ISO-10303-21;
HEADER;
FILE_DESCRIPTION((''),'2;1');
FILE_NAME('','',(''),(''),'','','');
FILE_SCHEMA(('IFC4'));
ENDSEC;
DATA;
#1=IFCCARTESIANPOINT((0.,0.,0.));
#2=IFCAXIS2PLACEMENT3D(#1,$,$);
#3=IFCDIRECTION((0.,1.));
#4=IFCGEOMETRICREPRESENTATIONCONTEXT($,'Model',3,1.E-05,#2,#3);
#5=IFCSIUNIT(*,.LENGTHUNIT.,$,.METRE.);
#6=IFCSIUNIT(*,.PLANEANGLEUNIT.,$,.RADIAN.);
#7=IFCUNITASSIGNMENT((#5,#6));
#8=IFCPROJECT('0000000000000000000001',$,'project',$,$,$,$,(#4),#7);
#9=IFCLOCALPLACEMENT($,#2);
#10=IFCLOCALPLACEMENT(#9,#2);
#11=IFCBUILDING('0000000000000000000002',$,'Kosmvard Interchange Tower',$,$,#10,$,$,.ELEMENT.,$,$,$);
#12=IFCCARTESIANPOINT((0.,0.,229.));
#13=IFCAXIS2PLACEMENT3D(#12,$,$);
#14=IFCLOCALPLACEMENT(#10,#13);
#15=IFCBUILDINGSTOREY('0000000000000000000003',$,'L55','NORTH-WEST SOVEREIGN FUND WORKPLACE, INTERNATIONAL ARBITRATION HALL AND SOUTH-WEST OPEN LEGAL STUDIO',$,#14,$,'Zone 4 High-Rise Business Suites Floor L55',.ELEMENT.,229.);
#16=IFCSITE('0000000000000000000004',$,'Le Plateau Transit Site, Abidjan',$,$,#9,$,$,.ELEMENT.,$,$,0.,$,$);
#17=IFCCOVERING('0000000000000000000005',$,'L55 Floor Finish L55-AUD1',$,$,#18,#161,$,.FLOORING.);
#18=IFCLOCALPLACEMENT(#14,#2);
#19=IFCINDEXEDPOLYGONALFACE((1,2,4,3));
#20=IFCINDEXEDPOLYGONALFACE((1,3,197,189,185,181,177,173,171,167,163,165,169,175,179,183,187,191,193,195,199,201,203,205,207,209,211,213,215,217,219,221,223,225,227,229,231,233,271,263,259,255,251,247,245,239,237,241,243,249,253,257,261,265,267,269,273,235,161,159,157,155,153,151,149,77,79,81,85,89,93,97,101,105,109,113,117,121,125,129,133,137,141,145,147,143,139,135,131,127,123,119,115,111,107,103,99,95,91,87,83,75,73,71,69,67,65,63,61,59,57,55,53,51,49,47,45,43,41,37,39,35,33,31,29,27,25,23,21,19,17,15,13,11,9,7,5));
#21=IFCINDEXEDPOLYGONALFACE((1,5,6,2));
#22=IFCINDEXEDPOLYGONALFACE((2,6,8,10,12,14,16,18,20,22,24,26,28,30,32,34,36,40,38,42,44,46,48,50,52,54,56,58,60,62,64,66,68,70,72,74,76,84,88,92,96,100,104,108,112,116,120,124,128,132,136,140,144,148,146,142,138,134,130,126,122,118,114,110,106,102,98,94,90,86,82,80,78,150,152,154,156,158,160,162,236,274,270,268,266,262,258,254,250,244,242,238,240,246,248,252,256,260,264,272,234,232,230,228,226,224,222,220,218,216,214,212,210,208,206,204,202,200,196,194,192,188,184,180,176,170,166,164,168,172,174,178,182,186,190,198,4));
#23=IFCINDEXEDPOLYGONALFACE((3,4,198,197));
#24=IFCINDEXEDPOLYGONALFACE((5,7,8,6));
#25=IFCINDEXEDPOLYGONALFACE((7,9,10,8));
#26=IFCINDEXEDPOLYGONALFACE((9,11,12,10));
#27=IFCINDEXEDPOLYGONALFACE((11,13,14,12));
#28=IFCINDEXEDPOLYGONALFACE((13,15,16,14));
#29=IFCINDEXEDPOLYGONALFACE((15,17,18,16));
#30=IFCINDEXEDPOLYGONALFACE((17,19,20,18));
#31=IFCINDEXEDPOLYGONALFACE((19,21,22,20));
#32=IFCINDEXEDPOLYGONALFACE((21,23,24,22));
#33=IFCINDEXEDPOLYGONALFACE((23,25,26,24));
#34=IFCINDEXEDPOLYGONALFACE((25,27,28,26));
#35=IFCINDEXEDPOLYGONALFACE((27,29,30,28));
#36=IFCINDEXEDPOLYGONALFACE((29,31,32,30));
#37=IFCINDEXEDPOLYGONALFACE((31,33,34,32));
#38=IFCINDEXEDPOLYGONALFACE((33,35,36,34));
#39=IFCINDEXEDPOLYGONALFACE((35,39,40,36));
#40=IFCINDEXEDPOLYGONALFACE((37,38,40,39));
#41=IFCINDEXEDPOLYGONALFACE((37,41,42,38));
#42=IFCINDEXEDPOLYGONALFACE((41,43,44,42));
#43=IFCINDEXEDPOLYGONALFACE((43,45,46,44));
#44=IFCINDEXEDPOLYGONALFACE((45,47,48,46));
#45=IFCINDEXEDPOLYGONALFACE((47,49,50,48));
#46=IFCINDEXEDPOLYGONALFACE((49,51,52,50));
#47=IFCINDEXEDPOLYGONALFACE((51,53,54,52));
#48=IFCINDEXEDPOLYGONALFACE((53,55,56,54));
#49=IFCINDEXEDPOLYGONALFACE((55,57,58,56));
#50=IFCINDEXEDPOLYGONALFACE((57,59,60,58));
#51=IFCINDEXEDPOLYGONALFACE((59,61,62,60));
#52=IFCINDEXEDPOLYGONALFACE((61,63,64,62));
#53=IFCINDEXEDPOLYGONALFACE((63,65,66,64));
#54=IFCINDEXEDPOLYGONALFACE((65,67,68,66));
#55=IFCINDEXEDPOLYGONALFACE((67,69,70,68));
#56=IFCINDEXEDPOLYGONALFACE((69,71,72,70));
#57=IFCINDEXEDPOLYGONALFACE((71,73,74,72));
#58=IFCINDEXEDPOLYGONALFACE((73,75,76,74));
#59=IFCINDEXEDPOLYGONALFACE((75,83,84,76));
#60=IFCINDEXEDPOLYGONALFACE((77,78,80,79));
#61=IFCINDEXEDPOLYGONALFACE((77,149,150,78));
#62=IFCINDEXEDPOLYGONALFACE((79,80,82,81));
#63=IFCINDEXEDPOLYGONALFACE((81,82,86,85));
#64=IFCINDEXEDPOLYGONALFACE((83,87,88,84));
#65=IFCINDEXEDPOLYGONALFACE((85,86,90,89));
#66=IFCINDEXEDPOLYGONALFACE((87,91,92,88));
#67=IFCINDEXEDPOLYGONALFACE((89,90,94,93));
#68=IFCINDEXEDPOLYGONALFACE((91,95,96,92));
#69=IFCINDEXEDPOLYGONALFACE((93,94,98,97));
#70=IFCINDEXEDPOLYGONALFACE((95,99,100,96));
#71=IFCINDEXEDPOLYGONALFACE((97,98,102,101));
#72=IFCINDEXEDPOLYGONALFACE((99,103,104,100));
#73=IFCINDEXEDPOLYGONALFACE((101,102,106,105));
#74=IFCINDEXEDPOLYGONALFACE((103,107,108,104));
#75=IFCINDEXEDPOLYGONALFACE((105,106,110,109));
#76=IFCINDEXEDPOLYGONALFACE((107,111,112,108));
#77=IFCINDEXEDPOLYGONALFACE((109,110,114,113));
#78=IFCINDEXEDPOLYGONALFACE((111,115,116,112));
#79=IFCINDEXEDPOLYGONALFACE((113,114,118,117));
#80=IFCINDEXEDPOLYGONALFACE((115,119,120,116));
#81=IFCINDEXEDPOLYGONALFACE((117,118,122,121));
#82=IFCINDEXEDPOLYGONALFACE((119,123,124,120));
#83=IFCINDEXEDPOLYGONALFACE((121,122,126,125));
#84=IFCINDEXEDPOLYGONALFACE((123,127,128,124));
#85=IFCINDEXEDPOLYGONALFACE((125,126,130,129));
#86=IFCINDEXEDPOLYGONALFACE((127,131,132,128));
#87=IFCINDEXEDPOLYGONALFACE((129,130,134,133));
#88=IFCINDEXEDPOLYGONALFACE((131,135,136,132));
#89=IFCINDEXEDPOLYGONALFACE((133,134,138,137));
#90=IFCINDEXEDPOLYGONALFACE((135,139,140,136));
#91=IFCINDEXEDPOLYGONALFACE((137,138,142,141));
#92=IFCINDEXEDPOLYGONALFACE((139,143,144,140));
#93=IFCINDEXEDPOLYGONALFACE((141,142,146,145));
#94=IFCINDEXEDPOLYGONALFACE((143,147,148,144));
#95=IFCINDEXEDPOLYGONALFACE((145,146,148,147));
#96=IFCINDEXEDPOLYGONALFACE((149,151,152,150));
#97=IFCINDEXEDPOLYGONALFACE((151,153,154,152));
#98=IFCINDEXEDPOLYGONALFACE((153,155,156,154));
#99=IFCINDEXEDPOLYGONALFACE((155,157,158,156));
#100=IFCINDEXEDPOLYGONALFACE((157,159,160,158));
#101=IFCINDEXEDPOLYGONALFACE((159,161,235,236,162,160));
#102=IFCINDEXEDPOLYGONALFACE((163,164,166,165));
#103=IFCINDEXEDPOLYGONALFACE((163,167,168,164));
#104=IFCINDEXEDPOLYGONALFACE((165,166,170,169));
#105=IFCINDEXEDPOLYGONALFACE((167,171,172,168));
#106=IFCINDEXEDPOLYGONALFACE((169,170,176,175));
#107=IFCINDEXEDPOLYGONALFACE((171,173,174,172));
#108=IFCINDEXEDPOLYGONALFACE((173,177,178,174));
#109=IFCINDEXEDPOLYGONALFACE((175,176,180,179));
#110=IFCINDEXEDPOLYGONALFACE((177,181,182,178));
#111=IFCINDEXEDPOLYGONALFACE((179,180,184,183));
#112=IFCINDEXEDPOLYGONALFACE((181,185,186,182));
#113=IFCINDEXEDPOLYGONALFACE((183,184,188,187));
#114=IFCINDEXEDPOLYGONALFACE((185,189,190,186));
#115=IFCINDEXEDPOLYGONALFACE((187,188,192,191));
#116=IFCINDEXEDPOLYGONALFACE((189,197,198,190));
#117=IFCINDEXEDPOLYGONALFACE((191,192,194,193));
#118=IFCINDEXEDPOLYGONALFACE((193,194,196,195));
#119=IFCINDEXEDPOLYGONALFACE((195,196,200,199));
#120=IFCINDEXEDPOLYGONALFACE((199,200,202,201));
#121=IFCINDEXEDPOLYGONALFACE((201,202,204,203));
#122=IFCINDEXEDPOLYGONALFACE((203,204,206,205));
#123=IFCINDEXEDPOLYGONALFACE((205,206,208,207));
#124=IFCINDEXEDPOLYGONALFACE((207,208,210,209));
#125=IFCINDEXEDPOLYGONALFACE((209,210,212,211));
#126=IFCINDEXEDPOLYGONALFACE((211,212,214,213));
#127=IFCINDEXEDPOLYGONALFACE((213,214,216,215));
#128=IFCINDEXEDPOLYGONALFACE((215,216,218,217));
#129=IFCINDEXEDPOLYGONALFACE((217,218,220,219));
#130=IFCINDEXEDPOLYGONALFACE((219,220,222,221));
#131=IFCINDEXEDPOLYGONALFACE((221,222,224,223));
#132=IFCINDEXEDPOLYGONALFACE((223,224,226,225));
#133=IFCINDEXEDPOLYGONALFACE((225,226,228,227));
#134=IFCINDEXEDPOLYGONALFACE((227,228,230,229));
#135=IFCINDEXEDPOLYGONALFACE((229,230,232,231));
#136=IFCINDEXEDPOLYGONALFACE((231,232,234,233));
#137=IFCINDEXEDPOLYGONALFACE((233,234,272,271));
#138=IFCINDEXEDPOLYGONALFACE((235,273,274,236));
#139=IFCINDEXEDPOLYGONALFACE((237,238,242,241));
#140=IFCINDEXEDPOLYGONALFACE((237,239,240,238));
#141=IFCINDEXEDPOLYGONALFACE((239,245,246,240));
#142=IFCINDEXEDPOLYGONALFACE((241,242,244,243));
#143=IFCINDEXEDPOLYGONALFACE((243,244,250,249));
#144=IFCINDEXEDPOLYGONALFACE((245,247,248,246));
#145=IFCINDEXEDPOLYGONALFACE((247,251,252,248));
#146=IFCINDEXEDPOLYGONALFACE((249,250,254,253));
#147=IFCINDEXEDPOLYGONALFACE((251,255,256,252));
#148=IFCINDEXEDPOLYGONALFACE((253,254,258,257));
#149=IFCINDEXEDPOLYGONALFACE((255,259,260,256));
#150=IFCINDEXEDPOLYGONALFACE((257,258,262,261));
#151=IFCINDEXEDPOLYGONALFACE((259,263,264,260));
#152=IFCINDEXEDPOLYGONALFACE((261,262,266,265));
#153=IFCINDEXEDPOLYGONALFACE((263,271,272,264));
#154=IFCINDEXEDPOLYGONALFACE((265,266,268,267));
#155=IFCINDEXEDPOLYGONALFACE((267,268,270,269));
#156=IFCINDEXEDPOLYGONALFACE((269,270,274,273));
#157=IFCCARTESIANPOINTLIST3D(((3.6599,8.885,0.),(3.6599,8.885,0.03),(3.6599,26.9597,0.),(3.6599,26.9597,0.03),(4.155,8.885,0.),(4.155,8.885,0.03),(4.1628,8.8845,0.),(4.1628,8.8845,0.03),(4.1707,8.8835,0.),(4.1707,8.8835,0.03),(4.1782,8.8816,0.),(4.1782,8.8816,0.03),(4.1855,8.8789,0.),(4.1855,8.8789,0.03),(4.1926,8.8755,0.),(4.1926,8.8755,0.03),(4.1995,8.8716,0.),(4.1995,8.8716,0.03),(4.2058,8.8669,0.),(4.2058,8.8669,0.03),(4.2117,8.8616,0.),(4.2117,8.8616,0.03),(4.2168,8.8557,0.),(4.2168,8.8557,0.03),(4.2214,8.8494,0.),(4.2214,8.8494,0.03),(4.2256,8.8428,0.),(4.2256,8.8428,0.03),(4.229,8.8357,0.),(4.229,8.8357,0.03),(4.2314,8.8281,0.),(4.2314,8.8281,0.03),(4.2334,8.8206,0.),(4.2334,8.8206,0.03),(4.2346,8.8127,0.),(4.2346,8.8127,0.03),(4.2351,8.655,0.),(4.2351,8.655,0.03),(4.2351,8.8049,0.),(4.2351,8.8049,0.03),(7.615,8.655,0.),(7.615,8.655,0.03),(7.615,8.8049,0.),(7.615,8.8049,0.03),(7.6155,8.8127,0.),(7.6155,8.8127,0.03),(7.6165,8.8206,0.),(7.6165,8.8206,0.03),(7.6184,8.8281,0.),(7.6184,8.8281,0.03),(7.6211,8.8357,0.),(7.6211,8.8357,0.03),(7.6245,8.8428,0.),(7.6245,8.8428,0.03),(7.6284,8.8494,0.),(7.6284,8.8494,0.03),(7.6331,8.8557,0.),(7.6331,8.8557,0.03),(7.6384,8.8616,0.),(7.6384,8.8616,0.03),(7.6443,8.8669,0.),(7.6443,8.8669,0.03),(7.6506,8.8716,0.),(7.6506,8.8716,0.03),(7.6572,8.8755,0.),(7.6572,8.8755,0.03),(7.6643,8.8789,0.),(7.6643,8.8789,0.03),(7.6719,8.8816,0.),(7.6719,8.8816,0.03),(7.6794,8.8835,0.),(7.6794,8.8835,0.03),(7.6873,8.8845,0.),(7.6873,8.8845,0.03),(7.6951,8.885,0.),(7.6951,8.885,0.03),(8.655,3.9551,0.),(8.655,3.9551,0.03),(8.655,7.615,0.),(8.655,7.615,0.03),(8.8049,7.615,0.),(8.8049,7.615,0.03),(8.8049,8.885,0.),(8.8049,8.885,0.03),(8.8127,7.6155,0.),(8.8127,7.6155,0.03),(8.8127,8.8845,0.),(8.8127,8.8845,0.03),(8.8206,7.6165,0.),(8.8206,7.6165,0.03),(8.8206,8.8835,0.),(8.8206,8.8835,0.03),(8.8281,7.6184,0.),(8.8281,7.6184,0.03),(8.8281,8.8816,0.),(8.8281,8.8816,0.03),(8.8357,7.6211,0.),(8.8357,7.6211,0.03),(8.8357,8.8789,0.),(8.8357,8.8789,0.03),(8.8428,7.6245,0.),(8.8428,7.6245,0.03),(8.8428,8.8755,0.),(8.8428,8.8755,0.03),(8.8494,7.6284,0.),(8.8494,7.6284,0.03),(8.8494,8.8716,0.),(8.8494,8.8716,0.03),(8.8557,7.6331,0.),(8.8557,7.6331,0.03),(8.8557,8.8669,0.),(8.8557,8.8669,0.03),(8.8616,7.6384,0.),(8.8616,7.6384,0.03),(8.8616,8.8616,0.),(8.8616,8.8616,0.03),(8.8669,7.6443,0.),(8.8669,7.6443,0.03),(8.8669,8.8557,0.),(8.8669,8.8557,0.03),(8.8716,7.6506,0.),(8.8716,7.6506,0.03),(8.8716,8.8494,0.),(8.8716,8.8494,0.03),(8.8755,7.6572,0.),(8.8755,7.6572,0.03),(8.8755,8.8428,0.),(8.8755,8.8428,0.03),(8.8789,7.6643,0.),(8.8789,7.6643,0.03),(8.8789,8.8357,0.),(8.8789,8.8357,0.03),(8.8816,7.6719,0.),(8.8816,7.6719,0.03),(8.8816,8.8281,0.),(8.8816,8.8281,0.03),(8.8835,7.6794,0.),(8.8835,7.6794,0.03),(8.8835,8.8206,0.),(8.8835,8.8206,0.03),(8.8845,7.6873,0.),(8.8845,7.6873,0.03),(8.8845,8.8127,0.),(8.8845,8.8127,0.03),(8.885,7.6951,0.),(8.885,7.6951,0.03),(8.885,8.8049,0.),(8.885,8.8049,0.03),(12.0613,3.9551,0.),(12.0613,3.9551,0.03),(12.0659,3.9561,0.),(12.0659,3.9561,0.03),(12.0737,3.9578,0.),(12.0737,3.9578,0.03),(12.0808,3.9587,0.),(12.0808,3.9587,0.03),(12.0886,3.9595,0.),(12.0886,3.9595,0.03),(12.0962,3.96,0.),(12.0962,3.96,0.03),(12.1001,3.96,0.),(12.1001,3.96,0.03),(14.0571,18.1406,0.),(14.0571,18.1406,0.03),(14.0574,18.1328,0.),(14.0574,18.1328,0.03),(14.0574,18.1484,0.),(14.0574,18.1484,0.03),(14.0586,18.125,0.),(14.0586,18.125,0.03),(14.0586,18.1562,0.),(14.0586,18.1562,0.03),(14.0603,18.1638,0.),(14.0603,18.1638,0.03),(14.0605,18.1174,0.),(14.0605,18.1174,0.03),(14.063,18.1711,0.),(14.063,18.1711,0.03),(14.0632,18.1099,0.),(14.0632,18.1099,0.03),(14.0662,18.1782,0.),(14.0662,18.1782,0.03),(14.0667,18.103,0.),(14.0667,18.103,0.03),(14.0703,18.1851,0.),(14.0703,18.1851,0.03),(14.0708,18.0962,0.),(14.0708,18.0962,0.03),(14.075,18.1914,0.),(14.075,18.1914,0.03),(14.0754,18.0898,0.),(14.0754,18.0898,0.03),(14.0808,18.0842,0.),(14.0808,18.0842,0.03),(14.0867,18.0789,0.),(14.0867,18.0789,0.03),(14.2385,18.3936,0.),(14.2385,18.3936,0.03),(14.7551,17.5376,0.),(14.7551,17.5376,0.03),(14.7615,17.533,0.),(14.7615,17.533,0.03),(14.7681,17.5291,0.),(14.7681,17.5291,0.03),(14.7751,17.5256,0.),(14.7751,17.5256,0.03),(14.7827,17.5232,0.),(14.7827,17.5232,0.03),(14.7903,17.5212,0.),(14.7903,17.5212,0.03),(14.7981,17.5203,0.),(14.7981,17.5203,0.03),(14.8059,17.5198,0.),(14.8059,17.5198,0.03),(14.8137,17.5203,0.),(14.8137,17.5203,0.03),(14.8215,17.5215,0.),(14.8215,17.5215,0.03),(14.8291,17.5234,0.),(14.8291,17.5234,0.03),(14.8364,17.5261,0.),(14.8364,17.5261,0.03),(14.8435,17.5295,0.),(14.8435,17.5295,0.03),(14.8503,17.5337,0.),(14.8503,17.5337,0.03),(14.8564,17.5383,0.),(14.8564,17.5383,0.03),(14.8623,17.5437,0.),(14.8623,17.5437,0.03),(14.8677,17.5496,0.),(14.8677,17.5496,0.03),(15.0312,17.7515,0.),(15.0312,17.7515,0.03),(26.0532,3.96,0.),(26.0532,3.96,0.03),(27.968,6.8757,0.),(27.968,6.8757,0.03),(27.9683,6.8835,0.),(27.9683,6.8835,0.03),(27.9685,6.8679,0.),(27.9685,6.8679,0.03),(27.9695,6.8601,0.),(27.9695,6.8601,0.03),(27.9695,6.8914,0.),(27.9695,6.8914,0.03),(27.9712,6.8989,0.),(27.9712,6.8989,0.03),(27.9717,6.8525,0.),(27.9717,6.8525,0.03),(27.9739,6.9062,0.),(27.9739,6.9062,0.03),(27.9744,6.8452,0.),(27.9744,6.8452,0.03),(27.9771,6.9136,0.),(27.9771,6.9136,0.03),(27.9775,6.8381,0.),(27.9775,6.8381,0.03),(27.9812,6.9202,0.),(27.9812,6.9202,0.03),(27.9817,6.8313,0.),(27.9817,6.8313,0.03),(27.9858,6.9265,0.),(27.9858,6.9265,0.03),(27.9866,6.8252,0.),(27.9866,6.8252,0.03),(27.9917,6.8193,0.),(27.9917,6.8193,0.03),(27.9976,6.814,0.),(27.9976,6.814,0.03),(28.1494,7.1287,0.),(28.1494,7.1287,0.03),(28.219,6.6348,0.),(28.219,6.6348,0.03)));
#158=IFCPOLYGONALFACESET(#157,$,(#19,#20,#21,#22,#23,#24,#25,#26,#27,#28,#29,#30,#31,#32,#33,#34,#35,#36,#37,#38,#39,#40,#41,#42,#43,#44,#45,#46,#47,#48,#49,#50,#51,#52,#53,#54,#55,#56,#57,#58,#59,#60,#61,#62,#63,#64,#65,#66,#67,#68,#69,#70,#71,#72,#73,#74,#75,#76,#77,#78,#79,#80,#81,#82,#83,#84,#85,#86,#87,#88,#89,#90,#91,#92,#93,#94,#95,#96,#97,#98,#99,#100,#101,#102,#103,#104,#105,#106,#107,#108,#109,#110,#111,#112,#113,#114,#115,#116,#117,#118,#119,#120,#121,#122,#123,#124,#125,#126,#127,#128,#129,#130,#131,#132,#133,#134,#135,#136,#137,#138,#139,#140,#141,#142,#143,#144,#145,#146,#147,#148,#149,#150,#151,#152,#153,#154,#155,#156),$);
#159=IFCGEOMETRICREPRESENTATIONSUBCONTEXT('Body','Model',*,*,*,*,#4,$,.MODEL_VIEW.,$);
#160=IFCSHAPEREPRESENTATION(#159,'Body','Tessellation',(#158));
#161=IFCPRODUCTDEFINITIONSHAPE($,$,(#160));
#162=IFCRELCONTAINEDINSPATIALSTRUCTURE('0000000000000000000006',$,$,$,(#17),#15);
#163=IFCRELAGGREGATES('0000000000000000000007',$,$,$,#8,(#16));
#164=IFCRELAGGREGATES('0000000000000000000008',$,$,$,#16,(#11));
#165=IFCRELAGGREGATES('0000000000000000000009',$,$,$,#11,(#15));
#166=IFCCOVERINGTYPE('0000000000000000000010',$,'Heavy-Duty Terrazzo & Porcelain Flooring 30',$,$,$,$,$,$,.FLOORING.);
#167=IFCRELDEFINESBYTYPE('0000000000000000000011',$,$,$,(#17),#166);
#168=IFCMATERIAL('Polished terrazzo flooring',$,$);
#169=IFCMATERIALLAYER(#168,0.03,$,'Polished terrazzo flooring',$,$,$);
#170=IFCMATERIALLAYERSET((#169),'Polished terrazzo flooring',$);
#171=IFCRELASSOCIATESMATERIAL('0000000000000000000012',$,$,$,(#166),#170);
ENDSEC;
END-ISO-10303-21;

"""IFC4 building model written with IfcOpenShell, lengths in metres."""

from ifc_helpers import new_model, si_unit, direction, frame, origin, place, context, subcontext, project, spatial, polyline, outline, extrude, material, layer, layer_set, type_object, element, save


model = new_model("IFC4")

# Units and contexts
model_context = context("Model", 3, precision=1e-05, world=origin(), true_north=direction((0.0, 1.0)))
body_context = subcontext(model_context, "Body", "Model", "MODEL_VIEW")
ifc_project = project(units=[si_unit("LENGTHUNIT", "METRE"), si_unit("PLANEANGLEUNIT", "RADIAN")], contexts=[model_context])

# Site, building, storey
site_placement = place(None, origin())
site = spatial("IfcSite", under=ifc_project, at=site_placement, Name="Le Plateau Transit Site, Abidjan", CompositionType="ELEMENT", RefElevation=0.0)
building_placement = place(site_placement, origin())
building = spatial("IfcBuilding", under=site, at=building_placement, Name="Kosmvard Interchange Tower", CompositionType="ELEMENT")
storey_placement = place(building_placement, frame((0.0, 0.0, 229.0)))
storey = spatial("IfcBuildingStorey", under=building, at=storey_placement, Name="L55", Description="NORTH-WEST SOVEREIGN FUND WORKPLACE, INTERNATIONAL ARBITRATION HALL AND SOUTH-WEST OPEN LEGAL STUDIO", LongName="Zone 4 High-Rise Business Suites Floor L55", CompositionType="ELEMENT", Elevation=229.0)

# Covering
ifc_material_1 = material(Name="Polished terrazzo flooring")
ifc_layer_1 = layer(ifc_material_1, 0.03, Name="Polished terrazzo flooring")
ifc_layer_set_1 = layer_set([ifc_layer_1], Name="Polished terrazzo flooring")
covering_type_1 = type_object("IfcCoveringType", Name="Heavy-Duty Terrazzo & Porcelain Flooring 30", PredefinedType="FLOORING", material=ifc_layer_set_1)
covering_1_placement = place(storey_placement, origin())
element("IfcCovering", 1, at=covering_1_placement, inside=storey, type_object=covering_type_1, Name="L55 Floor Finish L55-AUD1", PredefinedType="FLOORING", context=body_context, shape_type="SweptSolid", body=[
    extrude(outline(polyline([(12.0613, 3.9551), (12.0659, 3.9561), (12.0737, 3.9578), (12.0808, 3.9587), (12.0886, 3.9595), (12.0962, 3.96), (12.1001, 3.96), (26.0532, 3.96), (28.219, 6.6348), (27.9976, 6.814), (27.9917, 6.8193), (27.9866, 6.8252), (27.9817, 6.8313), (27.9775, 6.8381), (27.9744, 6.8452), (27.9717, 6.8525), (27.9695, 6.8601), (27.9685, 6.8679), (27.968, 6.8757), (27.9683, 6.8835), (27.9695, 6.8914), (27.9712, 6.8989), (27.9739, 6.9062), (27.9771, 6.9136), (27.9812, 6.9202), (27.9858, 6.9265), (28.1494, 7.1287), (15.0312, 17.7515), (14.8677, 17.5496), (14.8623, 17.5437), (14.8564, 17.5383), (14.8503, 17.5337), (14.8435, 17.5295), (14.8364, 17.5261), (14.8291, 17.5234), (14.8215, 17.5215), (14.8137, 17.5203), (14.8059, 17.5198), (14.7981, 17.5203), (14.7903, 17.5212), (14.7827, 17.5232), (14.7751, 17.5256), (14.7681, 17.5291), (14.7615, 17.533), (14.7551, 17.5376), (14.0867, 18.0789), (14.0808, 18.0842), (14.0754, 18.0898), (14.0708, 18.0962), (14.0667, 18.103), (14.0632, 18.1099), (14.0605, 18.1174), (14.0586, 18.125), (14.0574, 18.1328), (14.0571, 18.1406), (14.0574, 18.1484), (14.0586, 18.1562), (14.0603, 18.1638), (14.063, 18.1711), (14.0662, 18.1782), (14.0703, 18.1851), (14.075, 18.1914), (14.2385, 18.3936), (3.6599, 26.9597), (3.6599, 8.885), (4.155, 8.885), (4.1628, 8.8845), (4.1707, 8.8835), (4.1782, 8.8816), (4.1855, 8.8789), (4.1926, 8.8755), (4.1995, 8.8716), (4.2058, 8.8669), (4.2117, 8.8616), (4.2168, 8.8557), (4.2214, 8.8494), (4.2256, 8.8428), (4.229, 8.8357), (4.2314, 8.8281), (4.2334, 8.8206), (4.2346, 8.8127), (4.2351, 8.8049), (4.2351, 8.655), (7.615, 8.655), (7.615, 8.8049), (7.6155, 8.8127), (7.6165, 8.8206), (7.6184, 8.8281), (7.6211, 8.8357), (7.6245, 8.8428), (7.6284, 8.8494), (7.6331, 8.8557), (7.6384, 8.8616), (7.6443, 8.8669), (7.6506, 8.8716), (7.6572, 8.8755), (7.6643, 8.8789), (7.6719, 8.8816), (7.6794, 8.8835), (7.6873, 8.8845), (7.6951, 8.885), (8.8049, 8.885), (8.8127, 8.8845), (8.8206, 8.8835), (8.8281, 8.8816), (8.8357, 8.8789), (8.8428, 8.8755), (8.8494, 8.8716), (8.8557, 8.8669), (8.8616, 8.8616), (8.8669, 8.8557), (8.8716, 8.8494), (8.8755, 8.8428), (8.8789, 8.8357), (8.8816, 8.8281), (8.8835, 8.8206), (8.8845, 8.8127), (8.885, 8.8049), (8.885, 7.6951), (8.8845, 7.6873), (8.8835, 7.6794), (8.8816, 7.6719), (8.8789, 7.6643), (8.8755, 7.6572), (8.8716, 7.6506), (8.8669, 7.6443), (8.8616, 7.6384), (8.8557, 7.6331), (8.8494, 7.6284), (8.8428, 7.6245), (8.8357, 7.6211), (8.8281, 7.6184), (8.8206, 7.6165), (8.8127, 7.6155), (8.8049, 7.615), (8.655, 7.615), (8.655, 3.9551), (12.0613, 3.9551)])), origin(), (0.0, 0.0, 1.0), 0.03),
])

save(model, "model.ifc")
